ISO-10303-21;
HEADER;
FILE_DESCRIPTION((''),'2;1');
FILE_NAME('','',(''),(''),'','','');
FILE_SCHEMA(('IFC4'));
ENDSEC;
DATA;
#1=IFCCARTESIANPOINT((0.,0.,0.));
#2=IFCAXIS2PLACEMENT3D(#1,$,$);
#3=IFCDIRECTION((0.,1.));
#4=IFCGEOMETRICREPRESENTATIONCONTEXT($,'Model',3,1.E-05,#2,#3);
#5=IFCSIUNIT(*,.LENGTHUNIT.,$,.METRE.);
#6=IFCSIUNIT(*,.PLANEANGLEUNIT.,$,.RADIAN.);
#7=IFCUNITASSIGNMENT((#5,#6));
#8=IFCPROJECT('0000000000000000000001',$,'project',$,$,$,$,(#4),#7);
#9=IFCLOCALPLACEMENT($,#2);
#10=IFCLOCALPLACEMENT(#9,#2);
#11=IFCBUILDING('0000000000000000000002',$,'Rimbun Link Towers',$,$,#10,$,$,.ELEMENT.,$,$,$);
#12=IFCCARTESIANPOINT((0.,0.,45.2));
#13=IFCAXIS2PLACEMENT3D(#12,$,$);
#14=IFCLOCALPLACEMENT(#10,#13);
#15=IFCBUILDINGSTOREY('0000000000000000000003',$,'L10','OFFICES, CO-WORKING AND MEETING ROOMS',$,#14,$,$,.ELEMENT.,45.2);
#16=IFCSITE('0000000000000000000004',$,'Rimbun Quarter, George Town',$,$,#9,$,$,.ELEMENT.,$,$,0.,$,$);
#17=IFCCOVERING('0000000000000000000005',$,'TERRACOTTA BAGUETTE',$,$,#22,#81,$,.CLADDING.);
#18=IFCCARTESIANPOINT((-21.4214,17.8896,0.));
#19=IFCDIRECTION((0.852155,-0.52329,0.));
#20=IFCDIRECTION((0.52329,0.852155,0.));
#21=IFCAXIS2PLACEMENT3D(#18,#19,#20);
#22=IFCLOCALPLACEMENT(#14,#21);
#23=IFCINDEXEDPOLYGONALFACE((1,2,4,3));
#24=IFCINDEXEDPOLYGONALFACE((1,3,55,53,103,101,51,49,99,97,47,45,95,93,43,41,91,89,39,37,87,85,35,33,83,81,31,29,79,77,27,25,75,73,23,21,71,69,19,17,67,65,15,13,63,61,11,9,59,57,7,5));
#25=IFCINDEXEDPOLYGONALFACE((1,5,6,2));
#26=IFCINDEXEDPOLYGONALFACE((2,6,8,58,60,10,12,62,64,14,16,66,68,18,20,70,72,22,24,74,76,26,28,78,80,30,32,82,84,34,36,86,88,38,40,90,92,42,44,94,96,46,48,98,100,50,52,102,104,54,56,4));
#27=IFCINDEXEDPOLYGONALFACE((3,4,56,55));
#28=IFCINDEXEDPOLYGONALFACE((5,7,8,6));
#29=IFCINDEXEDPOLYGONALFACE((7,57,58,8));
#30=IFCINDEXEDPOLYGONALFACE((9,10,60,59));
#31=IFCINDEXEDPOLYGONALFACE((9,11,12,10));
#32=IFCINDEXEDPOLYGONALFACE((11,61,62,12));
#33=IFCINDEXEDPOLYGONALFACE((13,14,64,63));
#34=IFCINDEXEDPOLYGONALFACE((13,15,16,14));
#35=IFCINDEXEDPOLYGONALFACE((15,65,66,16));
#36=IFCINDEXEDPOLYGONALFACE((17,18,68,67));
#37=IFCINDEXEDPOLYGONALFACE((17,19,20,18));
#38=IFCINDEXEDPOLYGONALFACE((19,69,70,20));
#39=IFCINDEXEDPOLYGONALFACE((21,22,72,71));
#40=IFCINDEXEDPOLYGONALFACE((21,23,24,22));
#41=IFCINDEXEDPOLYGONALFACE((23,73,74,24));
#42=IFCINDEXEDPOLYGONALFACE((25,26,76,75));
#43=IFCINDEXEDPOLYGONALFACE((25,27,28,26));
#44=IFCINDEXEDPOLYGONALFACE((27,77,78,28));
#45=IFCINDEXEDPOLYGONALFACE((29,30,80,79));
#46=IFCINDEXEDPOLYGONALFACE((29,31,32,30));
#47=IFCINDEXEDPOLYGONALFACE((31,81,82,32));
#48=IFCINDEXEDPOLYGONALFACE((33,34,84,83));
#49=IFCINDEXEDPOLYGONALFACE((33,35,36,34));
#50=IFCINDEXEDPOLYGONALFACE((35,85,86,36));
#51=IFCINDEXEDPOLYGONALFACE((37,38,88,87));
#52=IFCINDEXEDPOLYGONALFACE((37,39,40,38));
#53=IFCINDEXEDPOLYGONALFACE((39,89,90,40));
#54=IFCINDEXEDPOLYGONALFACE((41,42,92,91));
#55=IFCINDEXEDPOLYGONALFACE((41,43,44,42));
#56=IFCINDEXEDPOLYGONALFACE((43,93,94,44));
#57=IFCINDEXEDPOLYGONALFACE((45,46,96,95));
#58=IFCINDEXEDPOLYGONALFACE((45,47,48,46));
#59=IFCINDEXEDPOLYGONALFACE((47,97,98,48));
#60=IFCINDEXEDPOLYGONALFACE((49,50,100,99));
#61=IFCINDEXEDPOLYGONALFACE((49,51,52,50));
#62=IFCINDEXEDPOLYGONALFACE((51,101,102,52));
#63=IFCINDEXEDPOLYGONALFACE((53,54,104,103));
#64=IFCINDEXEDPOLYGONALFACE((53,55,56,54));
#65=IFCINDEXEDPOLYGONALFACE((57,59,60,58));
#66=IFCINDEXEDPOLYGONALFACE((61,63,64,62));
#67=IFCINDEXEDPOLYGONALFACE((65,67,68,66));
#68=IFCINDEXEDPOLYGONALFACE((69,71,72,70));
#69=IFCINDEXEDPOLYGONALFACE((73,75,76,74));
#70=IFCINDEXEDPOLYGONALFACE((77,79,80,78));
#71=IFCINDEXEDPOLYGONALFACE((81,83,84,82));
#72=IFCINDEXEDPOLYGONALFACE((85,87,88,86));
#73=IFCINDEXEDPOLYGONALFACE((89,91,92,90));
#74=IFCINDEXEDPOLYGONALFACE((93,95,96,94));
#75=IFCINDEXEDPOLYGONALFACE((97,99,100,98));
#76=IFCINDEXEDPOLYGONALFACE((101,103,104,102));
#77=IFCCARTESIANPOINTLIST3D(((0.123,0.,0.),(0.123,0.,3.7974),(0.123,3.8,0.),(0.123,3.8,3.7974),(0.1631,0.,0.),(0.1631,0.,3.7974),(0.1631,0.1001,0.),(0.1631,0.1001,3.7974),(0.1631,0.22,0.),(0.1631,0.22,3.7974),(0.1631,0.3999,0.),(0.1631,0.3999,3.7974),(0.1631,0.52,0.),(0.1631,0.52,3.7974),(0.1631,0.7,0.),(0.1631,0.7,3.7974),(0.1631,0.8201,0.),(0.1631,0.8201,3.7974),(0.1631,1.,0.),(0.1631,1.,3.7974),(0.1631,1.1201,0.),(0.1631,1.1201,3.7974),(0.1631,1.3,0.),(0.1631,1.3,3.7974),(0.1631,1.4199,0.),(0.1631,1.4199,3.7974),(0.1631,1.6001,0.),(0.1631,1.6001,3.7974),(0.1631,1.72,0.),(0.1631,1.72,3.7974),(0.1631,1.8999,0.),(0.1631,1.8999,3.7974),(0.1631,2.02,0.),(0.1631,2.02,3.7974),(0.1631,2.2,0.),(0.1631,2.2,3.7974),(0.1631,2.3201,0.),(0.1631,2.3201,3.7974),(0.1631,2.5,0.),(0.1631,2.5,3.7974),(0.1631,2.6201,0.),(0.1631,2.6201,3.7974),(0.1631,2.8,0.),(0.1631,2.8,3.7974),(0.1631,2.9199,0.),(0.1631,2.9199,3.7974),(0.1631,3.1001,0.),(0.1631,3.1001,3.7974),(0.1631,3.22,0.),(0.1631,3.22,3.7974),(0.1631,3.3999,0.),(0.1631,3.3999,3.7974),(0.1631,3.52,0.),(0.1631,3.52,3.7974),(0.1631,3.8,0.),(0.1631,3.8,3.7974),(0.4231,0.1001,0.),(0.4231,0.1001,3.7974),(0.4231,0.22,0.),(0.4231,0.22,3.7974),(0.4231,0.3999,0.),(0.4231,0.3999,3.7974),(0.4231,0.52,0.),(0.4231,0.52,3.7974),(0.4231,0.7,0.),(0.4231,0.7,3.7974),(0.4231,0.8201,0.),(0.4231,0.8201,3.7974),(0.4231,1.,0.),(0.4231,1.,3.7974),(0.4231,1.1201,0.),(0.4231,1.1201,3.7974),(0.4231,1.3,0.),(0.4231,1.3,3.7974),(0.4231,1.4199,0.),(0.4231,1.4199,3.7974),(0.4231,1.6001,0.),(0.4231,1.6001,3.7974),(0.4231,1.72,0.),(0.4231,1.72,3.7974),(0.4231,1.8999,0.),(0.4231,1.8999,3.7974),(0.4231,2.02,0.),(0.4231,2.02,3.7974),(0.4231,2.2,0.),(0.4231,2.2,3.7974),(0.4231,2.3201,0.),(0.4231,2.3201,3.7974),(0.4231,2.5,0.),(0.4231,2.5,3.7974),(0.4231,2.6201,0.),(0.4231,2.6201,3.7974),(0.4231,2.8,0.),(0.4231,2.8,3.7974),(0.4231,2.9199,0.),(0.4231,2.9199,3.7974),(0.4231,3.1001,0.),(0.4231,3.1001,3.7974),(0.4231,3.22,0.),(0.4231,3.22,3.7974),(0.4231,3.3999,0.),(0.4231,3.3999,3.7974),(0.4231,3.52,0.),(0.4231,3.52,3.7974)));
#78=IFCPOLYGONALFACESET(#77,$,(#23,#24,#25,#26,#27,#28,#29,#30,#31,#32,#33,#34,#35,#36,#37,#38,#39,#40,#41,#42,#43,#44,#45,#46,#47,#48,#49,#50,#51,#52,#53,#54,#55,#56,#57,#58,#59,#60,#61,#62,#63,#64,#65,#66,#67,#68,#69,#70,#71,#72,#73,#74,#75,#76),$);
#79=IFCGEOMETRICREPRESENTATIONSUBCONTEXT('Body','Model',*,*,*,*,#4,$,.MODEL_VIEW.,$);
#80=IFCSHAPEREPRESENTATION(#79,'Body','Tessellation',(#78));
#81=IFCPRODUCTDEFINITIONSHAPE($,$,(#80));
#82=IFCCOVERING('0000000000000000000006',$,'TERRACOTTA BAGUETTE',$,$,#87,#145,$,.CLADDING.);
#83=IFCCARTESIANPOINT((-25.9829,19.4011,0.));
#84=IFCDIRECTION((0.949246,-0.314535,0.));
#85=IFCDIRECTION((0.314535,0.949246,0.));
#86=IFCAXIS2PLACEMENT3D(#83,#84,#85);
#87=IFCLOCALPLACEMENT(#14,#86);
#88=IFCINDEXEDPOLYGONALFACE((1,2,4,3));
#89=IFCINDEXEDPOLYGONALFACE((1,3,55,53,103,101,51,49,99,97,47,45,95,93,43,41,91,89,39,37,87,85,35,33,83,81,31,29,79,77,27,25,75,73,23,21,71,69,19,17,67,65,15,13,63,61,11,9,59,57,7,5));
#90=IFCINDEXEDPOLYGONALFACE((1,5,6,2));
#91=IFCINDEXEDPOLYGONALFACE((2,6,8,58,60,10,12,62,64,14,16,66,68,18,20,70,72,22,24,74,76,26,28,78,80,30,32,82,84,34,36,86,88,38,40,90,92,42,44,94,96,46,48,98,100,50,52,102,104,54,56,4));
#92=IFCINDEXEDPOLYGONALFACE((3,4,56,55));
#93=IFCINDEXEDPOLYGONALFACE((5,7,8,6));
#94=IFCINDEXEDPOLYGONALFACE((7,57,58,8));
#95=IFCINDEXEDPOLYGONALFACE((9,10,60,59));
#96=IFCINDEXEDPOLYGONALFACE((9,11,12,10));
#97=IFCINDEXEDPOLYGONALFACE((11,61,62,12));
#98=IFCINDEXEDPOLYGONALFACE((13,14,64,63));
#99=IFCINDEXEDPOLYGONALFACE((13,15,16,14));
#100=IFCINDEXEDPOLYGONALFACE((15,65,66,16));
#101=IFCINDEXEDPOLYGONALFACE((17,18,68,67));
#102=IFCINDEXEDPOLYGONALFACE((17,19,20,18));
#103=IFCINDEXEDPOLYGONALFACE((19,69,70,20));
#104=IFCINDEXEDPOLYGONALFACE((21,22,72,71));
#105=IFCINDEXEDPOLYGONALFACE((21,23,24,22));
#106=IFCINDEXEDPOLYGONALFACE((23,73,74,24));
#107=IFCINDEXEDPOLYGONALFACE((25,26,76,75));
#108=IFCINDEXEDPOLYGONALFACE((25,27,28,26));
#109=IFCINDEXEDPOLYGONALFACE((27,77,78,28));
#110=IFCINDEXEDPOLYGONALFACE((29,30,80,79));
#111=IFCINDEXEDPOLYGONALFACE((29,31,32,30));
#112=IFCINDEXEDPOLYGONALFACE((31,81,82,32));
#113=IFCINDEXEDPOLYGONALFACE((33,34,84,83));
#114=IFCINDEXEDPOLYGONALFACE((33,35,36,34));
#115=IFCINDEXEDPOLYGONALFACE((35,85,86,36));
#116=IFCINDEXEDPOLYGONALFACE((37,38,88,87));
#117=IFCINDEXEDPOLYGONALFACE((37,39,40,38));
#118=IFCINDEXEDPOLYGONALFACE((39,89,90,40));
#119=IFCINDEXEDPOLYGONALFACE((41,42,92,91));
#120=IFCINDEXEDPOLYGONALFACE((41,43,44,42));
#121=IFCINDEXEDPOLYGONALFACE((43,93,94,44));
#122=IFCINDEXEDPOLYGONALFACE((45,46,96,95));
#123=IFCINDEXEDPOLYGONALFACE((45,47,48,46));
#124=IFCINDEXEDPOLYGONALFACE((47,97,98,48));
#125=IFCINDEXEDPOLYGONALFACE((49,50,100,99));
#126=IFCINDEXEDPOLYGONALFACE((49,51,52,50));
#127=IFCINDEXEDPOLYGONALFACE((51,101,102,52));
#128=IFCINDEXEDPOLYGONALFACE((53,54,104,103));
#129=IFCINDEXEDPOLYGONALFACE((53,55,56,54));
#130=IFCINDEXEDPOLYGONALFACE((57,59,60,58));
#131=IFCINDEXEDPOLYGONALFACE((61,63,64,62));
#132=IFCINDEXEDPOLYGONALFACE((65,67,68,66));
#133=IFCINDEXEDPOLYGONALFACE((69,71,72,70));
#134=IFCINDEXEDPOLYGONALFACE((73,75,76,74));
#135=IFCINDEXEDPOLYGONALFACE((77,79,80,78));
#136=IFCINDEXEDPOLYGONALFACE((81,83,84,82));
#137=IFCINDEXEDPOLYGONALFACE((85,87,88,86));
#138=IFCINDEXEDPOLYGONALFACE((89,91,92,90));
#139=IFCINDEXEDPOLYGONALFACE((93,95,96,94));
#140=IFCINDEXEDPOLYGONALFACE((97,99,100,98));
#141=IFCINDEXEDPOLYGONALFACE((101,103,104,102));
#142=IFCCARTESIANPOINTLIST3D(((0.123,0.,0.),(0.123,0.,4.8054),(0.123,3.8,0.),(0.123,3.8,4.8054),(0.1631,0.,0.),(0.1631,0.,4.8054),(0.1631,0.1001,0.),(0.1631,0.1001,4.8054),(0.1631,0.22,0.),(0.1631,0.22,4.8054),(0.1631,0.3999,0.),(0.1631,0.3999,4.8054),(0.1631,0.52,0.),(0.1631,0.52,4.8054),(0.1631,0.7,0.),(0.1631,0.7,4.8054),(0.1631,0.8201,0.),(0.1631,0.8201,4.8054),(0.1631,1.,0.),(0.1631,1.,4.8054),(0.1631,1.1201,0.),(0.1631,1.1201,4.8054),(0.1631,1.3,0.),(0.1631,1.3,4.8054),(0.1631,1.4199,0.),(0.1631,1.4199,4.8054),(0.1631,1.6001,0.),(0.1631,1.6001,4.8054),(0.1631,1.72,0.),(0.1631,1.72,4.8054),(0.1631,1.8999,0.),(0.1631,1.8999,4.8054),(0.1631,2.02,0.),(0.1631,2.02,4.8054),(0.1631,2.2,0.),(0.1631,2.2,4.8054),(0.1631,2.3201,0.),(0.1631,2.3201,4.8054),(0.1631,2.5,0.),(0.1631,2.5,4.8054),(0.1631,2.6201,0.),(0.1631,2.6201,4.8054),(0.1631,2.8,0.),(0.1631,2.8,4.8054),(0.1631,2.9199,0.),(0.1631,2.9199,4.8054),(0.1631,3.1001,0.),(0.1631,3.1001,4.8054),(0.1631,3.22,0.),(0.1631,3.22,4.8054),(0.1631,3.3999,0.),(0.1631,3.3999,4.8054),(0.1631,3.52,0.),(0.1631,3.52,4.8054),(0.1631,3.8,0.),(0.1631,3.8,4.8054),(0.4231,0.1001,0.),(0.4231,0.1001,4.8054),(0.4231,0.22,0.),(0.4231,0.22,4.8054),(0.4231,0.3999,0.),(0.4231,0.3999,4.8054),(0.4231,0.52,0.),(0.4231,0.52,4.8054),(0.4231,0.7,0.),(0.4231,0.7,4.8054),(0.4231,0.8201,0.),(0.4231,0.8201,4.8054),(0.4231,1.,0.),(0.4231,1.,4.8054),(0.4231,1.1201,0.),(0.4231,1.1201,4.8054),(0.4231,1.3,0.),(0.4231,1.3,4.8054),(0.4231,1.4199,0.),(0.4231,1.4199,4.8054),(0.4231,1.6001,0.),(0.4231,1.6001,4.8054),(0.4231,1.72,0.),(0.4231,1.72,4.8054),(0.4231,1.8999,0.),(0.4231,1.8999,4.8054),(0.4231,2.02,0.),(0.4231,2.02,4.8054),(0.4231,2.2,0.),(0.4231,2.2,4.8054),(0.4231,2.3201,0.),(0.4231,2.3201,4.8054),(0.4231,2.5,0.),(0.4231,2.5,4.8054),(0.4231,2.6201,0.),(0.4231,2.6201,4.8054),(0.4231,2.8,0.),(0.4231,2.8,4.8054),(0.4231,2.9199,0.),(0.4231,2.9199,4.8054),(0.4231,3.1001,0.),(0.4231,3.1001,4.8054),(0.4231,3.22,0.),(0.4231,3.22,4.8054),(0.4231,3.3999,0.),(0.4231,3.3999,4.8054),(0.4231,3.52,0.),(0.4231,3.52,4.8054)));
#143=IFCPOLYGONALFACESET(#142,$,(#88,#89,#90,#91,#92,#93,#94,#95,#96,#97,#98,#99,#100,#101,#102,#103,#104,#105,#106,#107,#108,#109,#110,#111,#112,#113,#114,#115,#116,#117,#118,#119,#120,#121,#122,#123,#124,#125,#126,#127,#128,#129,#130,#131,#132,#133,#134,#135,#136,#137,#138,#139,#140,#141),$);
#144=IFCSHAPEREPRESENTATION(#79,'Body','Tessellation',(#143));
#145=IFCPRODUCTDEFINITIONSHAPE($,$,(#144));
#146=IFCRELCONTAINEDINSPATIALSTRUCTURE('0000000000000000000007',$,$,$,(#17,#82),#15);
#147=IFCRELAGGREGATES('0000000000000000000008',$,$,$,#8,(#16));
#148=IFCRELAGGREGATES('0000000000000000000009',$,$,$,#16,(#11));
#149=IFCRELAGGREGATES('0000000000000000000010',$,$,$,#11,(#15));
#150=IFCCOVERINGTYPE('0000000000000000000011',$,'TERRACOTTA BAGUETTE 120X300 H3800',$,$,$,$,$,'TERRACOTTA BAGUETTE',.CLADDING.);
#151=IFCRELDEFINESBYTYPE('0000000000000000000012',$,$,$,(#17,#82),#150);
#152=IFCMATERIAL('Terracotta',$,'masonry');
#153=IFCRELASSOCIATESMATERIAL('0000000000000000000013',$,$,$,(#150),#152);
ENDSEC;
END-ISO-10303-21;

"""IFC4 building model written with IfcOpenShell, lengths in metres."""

from ifc_helpers import new_model, si_unit, direction, frame, origin, place, context, subcontext, project, spatial, polyline, outline, extrude, material, material_profile, profile_set, type_object, element, save


model = new_model("IFC4")

# Units and contexts
model_context = context("Model", 3, precision=1e-05, world=origin(), true_north=direction((0.0, 1.0)))
body_context = subcontext(model_context, "Body", "Model", "MODEL_VIEW")
ifc_project = project(units=[si_unit("LENGTHUNIT", "METRE"), si_unit("PLANEANGLEUNIT", "RADIAN")], contexts=[model_context])

# Site, building, storey
site_placement = place(None, origin())
site = spatial("IfcSite", under=ifc_project, at=site_placement, Name="Rimbun Quarter, George Town", CompositionType="ELEMENT", RefElevation=0.0)
building_placement = place(site_placement, origin())
building = spatial("IfcBuilding", under=site, at=building_placement, Name="Rimbun Link Towers", CompositionType="ELEMENT")
storey_placement = place(building_placement, frame((0.0, 0.0, 45.2)))
storey = spatial("IfcBuildingStorey", under=building, at=storey_placement, Name="L10", Description="OFFICES, CO-WORKING AND MEETING ROOMS", CompositionType="ELEMENT", Elevation=45.2)

# Coverings
ifc_material_1 = material(Name="Terracotta", Category="masonry")
ifc_material_profile_1 = material_profile(ifc_material_1, outline(polyline([(0.123, 0.0), (0.1631, 0.0), (0.1631, 0.1001), (0.4231, 0.1001), (0.4231, 0.22), (0.1631, 0.22), (0.1631, 0.3999), (0.4231, 0.3999), (0.4231, 0.52), (0.1631, 0.52), (0.1631, 0.7), (0.4231, 0.7), (0.4231, 0.8201), (0.1631, 0.8201), (0.1631, 1.0), (0.4231, 1.0), (0.4231, 1.1201), (0.1631, 1.1201), (0.1631, 1.3), (0.4231, 1.3), (0.4231, 1.4199), (0.1631, 1.4199), (0.1631, 1.6001), (0.4231, 1.6001), (0.4231, 1.72), (0.1631, 1.72), (0.1631, 1.8999), (0.4231, 1.8999), (0.4231, 2.02), (0.1631, 2.02), (0.1631, 2.2), (0.4231, 2.2), (0.4231, 2.3201), (0.1631, 2.3201), (0.1631, 2.5), (0.4231, 2.5), (0.4231, 2.6201), (0.1631, 2.6201), (0.1631, 2.8), (0.4231, 2.8), (0.4231, 2.9199), (0.1631, 2.9199), (0.1631, 3.1001), (0.4231, 3.1001), (0.4231, 3.22), (0.1631, 3.22), (0.1631, 3.3999), (0.4231, 3.3999), (0.4231, 3.52), (0.1631, 3.52), (0.1631, 3.8), (0.123, 3.8), (0.123, 0.0)])), Name="BAGUETTE 120X300")
ifc_profile_set_1 = profile_set([ifc_material_profile_1], Name="Terracotta")
covering_type = type_object("IfcCoveringType", Name="TERRACOTTA BAGUETTE 120X300 H3800", ElementType="TERRACOTTA BAGUETTE", PredefinedType="CLADDING", material=ifc_profile_set_1)
covering_1_placement = place(storey_placement, frame((-21.4214, 17.8896, 0.0), z_axis=(0.852155, -0.52329, 0.0), x_axis=(0.52329, 0.852155, 0.0)))
element("IfcCovering", 1, at=covering_1_placement, inside=storey, type_object=covering_type, Name="TERRACOTTA BAGUETTE", PredefinedType="CLADDING", context=body_context, shape_type="SweptSolid", body=[
    extrude(outline(polyline([(0.123, 0.0), (0.1631, 0.0), (0.1631, 0.1001), (0.4231, 0.1001), (0.4231, 0.22), (0.1631, 0.22), (0.1631, 0.3999), (0.4231, 0.3999), (0.4231, 0.52), (0.1631, 0.52), (0.1631, 0.7), (0.4231, 0.7), (0.4231, 0.8201), (0.1631, 0.8201), (0.1631, 1.0), (0.4231, 1.0), (0.4231, 1.1201), (0.1631, 1.1201), (0.1631, 1.3), (0.4231, 1.3), (0.4231, 1.4199), (0.1631, 1.4199), (0.1631, 1.6001), (0.4231, 1.6001), (0.4231, 1.72), (0.1631, 1.72), (0.1631, 1.8999), (0.4231, 1.8999), (0.4231, 2.02), (0.1631, 2.02), (0.1631, 2.2), (0.4231, 2.2), (0.4231, 2.3201), (0.1631, 2.3201), (0.1631, 2.5), (0.4231, 2.5), (0.4231, 2.6201), (0.1631, 2.6201), (0.1631, 2.8), (0.4231, 2.8), (0.4231, 2.9199), (0.1631, 2.9199), (0.1631, 3.1001), (0.4231, 3.1001), (0.4231, 3.22), (0.1631, 3.22), (0.1631, 3.3999), (0.4231, 3.3999), (0.4231, 3.52), (0.1631, 3.52), (0.1631, 3.8), (0.123, 3.8), (0.123, 0.0)])), origin(), (0.0, 0.0, 1.0), 3.7974),
])
covering_2_placement = place(storey_placement, frame((-25.9829, 19.4011, 0.0), z_axis=(0.949246, -0.314535, 0.0), x_axis=(0.314535, 0.949246, 0.0)))
element("IfcCovering", 2, at=covering_2_placement, inside=storey, type_object=covering_type, Name="TERRACOTTA BAGUETTE", PredefinedType="CLADDING", context=body_context, shape_type="SweptSolid", body=[
    extrude(outline(polyline([(0.123, 0.0), (0.1631, 0.0), (0.1631, 0.1001), (0.4231, 0.1001), (0.4231, 0.22), (0.1631, 0.22), (0.1631, 0.3999), (0.4231, 0.3999), (0.4231, 0.52), (0.1631, 0.52), (0.1631, 0.7), (0.4231, 0.7), (0.4231, 0.8201), (0.1631, 0.8201), (0.1631, 1.0), (0.4231, 1.0), (0.4231, 1.1201), (0.1631, 1.1201), (0.1631, 1.3), (0.4231, 1.3), (0.4231, 1.4199), (0.1631, 1.4199), (0.1631, 1.6001), (0.4231, 1.6001), (0.4231, 1.72), (0.1631, 1.72), (0.1631, 1.8999), (0.4231, 1.8999), (0.4231, 2.02), (0.1631, 2.02), (0.1631, 2.2), (0.4231, 2.2), (0.4231, 2.3201), (0.1631, 2.3201), (0.1631, 2.5), (0.4231, 2.5), (0.4231, 2.6201), (0.1631, 2.6201), (0.1631, 2.8), (0.4231, 2.8), (0.4231, 2.9199), (0.1631, 2.9199), (0.1631, 3.1001), (0.4231, 3.1001), (0.4231, 3.22), (0.1631, 3.22), (0.1631, 3.3999), (0.4231, 3.3999), (0.4231, 3.52), (0.1631, 3.52), (0.1631, 3.8), (0.123, 3.8), (0.123, 0.0)])), origin(), (0.0, 0.0, 1.0), 4.8054),
])

save(model, "model.ifc")
